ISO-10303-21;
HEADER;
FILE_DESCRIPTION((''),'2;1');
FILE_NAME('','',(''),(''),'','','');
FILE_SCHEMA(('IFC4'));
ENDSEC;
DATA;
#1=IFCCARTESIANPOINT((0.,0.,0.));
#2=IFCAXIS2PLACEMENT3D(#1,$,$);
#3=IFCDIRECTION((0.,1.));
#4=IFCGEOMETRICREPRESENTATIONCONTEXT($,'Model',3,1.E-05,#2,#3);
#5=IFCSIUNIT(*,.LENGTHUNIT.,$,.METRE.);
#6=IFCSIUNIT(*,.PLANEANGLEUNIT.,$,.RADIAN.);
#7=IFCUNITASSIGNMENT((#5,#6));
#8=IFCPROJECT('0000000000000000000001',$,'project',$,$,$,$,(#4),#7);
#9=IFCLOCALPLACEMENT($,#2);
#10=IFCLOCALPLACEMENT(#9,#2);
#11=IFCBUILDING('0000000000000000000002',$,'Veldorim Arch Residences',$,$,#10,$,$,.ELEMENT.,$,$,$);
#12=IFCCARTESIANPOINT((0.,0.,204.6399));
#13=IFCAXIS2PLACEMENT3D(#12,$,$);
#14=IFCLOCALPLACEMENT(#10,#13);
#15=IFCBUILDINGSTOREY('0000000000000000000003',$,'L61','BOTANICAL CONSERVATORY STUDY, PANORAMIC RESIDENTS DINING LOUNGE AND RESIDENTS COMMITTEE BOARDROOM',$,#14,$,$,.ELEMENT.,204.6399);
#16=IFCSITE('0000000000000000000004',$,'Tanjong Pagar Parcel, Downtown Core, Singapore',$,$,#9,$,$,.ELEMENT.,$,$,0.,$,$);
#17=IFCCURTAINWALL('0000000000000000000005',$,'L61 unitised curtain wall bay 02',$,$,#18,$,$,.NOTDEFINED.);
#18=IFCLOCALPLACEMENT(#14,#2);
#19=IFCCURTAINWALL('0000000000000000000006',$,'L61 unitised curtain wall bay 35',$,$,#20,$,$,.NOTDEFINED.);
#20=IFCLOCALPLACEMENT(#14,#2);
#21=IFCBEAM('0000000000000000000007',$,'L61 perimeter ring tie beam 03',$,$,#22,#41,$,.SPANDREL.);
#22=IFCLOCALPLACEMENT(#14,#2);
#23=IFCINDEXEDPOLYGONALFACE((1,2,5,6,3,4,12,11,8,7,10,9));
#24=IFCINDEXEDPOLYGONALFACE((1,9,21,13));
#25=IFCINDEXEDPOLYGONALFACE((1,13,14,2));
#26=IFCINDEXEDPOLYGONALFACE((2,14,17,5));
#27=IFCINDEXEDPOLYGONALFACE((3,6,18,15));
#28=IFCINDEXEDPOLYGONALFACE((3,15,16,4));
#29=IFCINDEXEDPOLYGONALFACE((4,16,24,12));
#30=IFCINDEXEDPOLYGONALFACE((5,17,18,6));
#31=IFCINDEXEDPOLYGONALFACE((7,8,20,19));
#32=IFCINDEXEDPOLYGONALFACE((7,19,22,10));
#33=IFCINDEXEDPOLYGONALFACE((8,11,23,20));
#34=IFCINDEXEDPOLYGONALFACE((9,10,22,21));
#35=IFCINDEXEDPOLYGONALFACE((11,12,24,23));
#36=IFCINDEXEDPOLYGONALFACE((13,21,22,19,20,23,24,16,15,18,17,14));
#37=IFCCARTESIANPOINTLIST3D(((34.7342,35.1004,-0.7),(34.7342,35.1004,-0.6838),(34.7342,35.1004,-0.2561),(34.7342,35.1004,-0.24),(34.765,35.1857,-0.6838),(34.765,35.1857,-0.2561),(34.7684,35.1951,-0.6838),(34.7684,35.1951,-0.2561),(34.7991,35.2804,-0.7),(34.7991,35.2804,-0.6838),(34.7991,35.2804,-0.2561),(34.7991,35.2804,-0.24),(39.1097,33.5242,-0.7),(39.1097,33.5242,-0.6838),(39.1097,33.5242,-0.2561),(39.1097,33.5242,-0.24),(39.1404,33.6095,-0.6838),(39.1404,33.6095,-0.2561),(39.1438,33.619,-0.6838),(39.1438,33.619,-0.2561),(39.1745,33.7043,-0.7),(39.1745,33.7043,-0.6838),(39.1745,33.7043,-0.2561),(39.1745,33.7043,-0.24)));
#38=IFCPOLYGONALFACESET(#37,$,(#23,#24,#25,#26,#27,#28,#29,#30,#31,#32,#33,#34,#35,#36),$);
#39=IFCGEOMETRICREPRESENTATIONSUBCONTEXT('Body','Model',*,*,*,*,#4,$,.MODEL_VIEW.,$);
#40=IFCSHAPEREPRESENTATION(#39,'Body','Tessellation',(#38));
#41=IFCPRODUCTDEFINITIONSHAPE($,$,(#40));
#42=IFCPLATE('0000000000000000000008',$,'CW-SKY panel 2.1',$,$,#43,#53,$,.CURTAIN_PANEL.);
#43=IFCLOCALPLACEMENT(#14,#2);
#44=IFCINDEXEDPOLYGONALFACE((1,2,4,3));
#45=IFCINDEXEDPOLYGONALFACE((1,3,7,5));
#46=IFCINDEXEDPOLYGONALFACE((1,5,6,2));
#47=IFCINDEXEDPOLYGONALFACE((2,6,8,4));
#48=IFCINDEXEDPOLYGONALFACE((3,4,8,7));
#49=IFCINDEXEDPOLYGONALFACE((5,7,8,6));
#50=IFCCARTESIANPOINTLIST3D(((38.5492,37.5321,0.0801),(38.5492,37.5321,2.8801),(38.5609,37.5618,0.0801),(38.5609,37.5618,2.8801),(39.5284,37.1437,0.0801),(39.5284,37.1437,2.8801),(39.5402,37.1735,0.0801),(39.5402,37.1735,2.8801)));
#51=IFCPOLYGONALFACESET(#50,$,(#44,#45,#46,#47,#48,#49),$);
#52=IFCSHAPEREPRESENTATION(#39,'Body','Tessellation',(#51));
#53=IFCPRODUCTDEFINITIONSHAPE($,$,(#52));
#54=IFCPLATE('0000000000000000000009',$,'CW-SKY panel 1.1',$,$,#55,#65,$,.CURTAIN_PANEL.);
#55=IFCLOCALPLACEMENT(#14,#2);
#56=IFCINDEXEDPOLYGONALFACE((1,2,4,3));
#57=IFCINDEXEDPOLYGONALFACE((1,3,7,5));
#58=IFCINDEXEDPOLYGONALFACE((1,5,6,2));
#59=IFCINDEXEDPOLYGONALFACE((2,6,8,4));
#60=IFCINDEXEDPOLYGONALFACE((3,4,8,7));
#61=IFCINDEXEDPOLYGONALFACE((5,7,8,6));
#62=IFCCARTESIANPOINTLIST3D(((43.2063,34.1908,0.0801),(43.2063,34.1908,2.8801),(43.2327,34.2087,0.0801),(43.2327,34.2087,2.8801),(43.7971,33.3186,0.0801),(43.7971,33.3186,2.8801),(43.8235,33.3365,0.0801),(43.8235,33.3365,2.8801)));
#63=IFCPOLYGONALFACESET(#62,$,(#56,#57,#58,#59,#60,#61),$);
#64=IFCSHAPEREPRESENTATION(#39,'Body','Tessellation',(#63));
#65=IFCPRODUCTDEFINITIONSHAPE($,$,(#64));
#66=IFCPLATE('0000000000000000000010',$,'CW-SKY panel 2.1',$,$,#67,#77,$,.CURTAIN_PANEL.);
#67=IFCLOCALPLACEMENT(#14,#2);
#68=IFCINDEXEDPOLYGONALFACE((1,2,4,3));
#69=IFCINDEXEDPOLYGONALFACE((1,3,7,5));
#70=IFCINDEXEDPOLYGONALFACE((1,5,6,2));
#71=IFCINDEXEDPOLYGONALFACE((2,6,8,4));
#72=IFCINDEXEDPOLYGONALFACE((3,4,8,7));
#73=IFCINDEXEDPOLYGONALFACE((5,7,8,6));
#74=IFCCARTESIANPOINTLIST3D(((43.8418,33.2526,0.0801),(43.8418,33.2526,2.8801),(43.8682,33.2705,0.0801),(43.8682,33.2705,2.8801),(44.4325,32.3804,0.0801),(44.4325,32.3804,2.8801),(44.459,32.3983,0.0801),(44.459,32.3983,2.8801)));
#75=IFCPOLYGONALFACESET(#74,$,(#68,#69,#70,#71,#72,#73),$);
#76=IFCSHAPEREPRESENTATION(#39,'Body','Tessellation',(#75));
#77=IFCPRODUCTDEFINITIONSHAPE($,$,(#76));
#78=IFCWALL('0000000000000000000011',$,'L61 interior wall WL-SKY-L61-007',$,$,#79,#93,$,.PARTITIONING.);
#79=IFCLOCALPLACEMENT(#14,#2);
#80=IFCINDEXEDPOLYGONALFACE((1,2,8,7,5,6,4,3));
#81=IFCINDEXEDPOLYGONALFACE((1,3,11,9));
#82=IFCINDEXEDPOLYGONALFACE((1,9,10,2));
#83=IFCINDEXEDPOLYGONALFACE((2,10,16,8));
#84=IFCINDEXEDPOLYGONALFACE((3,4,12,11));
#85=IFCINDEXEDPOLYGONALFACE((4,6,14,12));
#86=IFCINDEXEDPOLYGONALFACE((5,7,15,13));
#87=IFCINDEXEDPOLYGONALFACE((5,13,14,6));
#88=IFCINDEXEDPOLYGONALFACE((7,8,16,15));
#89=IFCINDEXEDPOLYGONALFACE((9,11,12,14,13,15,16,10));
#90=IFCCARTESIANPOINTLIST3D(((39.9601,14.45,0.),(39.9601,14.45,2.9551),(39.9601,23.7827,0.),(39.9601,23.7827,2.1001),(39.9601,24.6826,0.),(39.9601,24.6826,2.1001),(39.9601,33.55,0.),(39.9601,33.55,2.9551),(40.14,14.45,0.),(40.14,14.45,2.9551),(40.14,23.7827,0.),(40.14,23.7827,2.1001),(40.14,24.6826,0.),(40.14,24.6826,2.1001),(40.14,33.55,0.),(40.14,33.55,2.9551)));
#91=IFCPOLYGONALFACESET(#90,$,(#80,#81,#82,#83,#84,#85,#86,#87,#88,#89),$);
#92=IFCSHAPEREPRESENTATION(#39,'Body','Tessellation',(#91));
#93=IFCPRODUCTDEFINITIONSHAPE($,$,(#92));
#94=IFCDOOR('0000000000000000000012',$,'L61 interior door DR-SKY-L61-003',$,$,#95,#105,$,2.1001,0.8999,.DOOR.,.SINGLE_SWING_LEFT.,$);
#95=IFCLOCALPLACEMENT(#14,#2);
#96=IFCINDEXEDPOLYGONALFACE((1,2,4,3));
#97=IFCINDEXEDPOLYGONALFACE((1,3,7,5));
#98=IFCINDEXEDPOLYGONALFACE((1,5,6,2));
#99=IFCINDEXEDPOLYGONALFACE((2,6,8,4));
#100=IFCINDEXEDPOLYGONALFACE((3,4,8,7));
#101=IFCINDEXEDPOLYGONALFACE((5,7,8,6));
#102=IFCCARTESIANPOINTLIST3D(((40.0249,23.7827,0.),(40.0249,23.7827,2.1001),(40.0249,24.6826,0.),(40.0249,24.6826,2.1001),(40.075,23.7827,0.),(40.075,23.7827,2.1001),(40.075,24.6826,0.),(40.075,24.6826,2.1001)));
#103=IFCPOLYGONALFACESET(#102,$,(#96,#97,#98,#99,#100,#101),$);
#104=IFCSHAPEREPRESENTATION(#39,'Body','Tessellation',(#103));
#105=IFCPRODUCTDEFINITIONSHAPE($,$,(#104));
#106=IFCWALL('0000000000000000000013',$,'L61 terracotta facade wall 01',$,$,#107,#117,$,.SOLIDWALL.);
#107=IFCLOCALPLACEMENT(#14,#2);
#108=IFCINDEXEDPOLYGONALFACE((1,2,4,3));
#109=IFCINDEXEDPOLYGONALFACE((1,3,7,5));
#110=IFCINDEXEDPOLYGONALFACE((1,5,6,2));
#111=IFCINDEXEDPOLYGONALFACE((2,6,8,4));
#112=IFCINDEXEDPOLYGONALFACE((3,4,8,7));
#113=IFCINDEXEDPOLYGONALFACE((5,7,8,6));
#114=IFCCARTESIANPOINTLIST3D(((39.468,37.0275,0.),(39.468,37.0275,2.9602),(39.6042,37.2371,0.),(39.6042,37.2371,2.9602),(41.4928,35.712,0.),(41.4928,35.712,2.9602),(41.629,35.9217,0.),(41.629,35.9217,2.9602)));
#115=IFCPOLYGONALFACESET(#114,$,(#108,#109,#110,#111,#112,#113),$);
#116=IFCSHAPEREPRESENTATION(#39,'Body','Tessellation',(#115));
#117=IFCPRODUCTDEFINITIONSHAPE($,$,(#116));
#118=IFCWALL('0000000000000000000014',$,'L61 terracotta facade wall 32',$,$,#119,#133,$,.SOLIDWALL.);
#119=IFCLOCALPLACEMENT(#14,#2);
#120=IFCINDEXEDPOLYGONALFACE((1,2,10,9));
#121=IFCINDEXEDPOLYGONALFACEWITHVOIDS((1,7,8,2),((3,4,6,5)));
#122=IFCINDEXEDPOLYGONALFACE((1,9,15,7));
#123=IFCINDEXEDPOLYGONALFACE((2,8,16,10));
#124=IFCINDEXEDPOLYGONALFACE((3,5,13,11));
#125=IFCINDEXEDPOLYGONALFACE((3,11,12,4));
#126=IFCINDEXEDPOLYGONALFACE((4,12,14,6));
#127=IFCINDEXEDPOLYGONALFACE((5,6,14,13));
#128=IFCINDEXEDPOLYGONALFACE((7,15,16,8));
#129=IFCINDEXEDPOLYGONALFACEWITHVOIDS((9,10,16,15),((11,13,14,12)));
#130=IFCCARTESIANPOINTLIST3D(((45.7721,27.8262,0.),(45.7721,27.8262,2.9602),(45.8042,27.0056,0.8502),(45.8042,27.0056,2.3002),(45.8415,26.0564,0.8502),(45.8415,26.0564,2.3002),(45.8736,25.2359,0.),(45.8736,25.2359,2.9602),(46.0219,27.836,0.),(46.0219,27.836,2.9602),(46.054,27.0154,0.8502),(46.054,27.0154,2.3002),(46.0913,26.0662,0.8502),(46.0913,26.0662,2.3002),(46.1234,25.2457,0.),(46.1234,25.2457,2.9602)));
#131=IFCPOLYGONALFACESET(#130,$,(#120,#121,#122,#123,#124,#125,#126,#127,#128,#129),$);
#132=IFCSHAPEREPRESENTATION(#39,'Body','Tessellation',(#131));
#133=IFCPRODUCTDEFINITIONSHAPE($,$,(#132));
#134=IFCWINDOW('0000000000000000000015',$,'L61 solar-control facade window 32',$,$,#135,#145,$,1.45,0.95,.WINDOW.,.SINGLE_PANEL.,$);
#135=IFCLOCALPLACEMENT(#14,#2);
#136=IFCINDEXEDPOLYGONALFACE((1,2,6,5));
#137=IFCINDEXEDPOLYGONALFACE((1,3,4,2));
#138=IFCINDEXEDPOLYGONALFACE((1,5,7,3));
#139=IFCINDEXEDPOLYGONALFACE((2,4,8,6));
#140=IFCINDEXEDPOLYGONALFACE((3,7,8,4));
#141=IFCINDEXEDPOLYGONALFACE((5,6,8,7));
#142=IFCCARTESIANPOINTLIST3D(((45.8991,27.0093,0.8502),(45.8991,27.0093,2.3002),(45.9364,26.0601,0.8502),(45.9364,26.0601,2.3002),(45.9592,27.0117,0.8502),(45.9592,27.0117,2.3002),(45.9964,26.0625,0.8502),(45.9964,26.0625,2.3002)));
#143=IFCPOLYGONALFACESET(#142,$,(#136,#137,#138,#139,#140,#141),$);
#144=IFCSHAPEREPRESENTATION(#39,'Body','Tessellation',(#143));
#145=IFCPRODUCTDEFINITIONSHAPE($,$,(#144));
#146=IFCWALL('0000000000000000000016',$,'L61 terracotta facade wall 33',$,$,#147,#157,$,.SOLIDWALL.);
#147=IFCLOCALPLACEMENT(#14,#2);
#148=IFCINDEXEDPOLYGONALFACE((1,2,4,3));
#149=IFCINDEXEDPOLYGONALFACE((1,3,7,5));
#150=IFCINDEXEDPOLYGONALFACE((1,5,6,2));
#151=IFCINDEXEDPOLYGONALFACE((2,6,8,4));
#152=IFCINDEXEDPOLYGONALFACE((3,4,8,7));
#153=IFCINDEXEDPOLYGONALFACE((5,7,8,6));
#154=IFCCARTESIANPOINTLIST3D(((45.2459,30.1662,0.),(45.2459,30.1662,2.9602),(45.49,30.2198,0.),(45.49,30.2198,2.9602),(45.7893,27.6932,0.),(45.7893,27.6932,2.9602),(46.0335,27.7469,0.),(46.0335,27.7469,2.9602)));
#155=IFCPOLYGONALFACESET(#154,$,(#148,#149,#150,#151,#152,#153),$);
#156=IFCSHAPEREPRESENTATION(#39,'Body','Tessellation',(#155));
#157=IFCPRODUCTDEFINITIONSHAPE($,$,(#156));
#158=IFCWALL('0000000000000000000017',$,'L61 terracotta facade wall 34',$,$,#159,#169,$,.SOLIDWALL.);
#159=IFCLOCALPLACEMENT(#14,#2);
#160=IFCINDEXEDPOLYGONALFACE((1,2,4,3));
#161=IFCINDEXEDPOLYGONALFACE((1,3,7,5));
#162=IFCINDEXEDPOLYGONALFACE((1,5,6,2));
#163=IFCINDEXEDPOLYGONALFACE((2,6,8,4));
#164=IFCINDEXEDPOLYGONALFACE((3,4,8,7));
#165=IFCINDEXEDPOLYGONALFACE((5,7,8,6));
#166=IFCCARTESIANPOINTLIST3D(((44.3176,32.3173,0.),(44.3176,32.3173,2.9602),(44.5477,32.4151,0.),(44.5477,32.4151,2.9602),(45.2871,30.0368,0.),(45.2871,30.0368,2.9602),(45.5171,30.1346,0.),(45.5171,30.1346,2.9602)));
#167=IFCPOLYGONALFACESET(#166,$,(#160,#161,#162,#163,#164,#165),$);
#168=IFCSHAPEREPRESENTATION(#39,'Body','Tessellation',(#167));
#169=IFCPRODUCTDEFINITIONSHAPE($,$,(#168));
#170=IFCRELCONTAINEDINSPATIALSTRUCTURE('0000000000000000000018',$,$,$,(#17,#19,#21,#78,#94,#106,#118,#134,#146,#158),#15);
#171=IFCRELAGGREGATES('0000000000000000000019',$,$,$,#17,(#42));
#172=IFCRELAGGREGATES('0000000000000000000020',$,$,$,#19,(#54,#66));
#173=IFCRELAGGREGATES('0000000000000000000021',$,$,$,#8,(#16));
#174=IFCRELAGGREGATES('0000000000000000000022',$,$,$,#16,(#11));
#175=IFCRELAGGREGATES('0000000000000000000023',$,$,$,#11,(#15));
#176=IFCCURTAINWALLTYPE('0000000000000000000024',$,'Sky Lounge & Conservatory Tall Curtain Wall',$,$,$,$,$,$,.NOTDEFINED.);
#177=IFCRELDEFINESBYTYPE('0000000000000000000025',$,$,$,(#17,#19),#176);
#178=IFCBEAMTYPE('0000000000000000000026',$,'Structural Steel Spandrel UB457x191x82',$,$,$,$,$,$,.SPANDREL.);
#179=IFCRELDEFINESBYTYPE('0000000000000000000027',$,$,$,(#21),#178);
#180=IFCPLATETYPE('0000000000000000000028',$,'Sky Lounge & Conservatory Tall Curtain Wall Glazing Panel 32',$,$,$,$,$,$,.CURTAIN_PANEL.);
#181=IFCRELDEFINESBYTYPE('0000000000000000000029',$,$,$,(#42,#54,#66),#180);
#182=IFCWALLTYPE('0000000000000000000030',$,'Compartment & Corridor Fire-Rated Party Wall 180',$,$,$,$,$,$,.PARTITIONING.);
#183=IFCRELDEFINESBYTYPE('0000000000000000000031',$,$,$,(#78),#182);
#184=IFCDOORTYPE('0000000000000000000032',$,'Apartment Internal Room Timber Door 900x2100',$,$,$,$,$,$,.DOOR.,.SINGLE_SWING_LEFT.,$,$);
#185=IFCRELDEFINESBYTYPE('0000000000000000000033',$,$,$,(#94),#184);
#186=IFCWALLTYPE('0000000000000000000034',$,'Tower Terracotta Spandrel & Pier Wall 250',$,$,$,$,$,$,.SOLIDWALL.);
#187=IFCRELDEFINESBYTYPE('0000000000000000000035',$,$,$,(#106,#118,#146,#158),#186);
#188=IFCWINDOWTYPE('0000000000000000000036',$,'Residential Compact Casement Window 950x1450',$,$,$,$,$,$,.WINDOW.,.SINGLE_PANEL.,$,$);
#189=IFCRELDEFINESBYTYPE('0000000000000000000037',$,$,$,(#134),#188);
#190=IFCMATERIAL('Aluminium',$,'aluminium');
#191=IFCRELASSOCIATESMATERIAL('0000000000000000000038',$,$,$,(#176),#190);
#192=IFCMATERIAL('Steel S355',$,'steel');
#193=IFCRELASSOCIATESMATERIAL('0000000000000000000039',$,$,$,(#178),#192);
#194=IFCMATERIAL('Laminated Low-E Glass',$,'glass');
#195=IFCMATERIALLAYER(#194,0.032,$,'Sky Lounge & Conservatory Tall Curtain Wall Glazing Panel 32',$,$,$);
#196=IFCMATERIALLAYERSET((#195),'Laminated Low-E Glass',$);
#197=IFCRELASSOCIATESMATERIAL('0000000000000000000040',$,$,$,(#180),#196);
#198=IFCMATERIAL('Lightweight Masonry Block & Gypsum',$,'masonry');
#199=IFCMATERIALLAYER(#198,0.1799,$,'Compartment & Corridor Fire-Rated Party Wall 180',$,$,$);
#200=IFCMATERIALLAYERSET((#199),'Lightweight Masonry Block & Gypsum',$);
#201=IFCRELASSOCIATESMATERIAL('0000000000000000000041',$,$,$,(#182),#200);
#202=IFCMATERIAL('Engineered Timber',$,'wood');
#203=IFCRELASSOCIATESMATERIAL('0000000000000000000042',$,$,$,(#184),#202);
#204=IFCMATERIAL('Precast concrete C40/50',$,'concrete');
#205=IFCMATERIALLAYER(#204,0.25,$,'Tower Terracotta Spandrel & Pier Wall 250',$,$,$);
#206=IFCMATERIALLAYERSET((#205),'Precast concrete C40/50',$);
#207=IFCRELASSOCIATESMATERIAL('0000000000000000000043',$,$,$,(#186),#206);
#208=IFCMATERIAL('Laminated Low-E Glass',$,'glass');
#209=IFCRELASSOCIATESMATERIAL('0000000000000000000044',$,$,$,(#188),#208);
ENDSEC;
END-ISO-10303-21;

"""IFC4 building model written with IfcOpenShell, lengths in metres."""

from ifc_helpers import new_model, si_unit, direction, frame, frame_2d, origin, origin_2d, place, context, subcontext, project, spatial, rectangle, i_section, extrude, material, layer, layer_set, material_profile, profile_set, type_object, element, fill, aggregate, save


model = new_model("IFC4")

# Units and contexts
model_context = context("Model", 3, precision=1e-05, world=origin(), true_north=direction((0.0, 1.0)))
body_context = subcontext(model_context, "Body", "Model", "MODEL_VIEW")
ifc_project = project(units=[si_unit("LENGTHUNIT", "METRE"), si_unit("PLANEANGLEUNIT", "RADIAN")], contexts=[model_context])

# Site, building, storey
site_placement = place(None, origin())
site = spatial("IfcSite", under=ifc_project, at=site_placement, Name="Tanjong Pagar Parcel, Downtown Core, Singapore", CompositionType="ELEMENT", RefElevation=0.0)
building_placement = place(site_placement, origin())
building = spatial("IfcBuilding", under=site, at=building_placement, Name="Veldorim Arch Residences", CompositionType="ELEMENT")
storey_placement = place(building_placement, frame((0.0, 0.0, 204.6399)))
storey = spatial("IfcBuildingStorey", under=building, at=storey_placement, Name="L61", Description="BOTANICAL CONSERVATORY STUDY, PANORAMIC RESIDENTS DINING LOUNGE AND RESIDENTS COMMITTEE BOARDROOM", CompositionType="ELEMENT", Elevation=204.6399)

# Curtain wall
ifc_material_1 = material(Name="Aluminium", Category="aluminium")
curtain_wall_type = type_object("IfcCurtainWallType", Name="Sky Lounge & Conservatory Tall Curtain Wall", PredefinedType="NOTDEFINED", material=ifc_material_1)
curtain_wall_1_placement = place(storey_placement, origin())
curtain_wall_1 = element("IfcCurtainWall", 1, at=curtain_wall_1_placement, inside=storey, type_object=curtain_wall_type, Name="L61 unitised curtain wall bay 02", PredefinedType="NOTDEFINED")

# Curtain wall
curtain_wall_2_placement = place(storey_placement, origin())
curtain_wall_2 = element("IfcCurtainWall", 2, at=curtain_wall_2_placement, inside=storey, type_object=curtain_wall_type, Name="L61 unitised curtain wall bay 35", PredefinedType="NOTDEFINED")

# Beam
ifc_material_2 = material(Name="Steel S355", Category="steel")
ifc_material_profile_1 = material_profile(ifc_material_2, i_section(OverallWidth=0.1914, OverallDepth=0.46, WebThickness=0.01, FlangeThickness=0.0161, at=origin_2d()), Name="UB457x191x82")
ifc_profile_set_1 = profile_set([ifc_material_profile_1], Name="Steel S355")
beam_type_1 = type_object("IfcBeamType", Name="Structural Steel Spandrel UB457x191x82", PredefinedType="SPANDREL", material=ifc_profile_set_1)
beam_1_placement = place(storey_placement, frame((39.1421, 33.6143, -0.47), z_axis=(-0.940819, 0.338909, 0.0), x_axis=(-0.338909, -0.940819, 0.0)))
element("IfcBeam", 3, at=beam_1_placement, inside=storey, type_object=beam_type_1, Name="L61 perimeter ring tie beam 03", PredefinedType="SPANDREL", context=body_context, shape_type="SweptSolid", body=[
    extrude(i_section(OverallWidth=0.1914, OverallDepth=0.46, WebThickness=0.01, FlangeThickness=0.0161, at=origin_2d()), origin(), (0.0, 0.0, 1.0), 4.6506),
])

# Plates
ifc_material_3 = material(Name="Laminated Low-E Glass", Category="glass")
ifc_layer_1 = layer(ifc_material_3, 0.032, Name="Sky Lounge & Conservatory Tall Curtain Wall Glazing Panel 32")
ifc_layer_set_1 = layer_set([ifc_layer_1], Name="Laminated Low-E Glass")
plate_type = type_object("IfcPlateType", Name="Sky Lounge & Conservatory Tall Curtain Wall Glazing Panel 32", PredefinedType="CURTAIN_PANEL", material=ifc_layer_set_1)
plate_1_placement = place(storey_placement, frame((39.0447, 37.3528, 0.0801), z_axis=(0.0, 0.0, 1.0), x_axis=(0.92956, -0.368671, 0.0)))
plate_1 = element("IfcPlate", 4, at=plate_1_placement, type_object=plate_type, Name="CW-SKY panel 2.1", PredefinedType="CURTAIN_PANEL", context=body_context, shape_type="SweptSolid", body=[
    extrude(rectangle(XDim=1.0535, YDim=0.032, at=origin_2d()), origin(), (0.0, 0.0, 1.0), 2.8),
])
aggregate(curtain_wall_1, [plate_1])
plate_2_placement = place(storey_placement, frame((43.5149, 33.7637, 0.0801), z_axis=(0.0, 0.0, 1.0), x_axis=(0.560811, -0.827944, 0.0)))
plate_2 = element("IfcPlate", 5, at=plate_2_placement, type_object=plate_type, Name="CW-SKY panel 1.1", PredefinedType="CURTAIN_PANEL", context=body_context, shape_type="SweptSolid", body=[
    extrude(rectangle(XDim=1.0535, YDim=0.032, at=origin_2d()), origin(), (0.0, 0.0, 1.0), 2.8),
])
plate_3_placement = place(storey_placement, frame((44.1504, 32.8254, 0.0801), z_axis=(0.0, 0.0, 1.0), x_axis=(0.560811, -0.827944, 0.0)))
plate_3 = element("IfcPlate", 6, at=plate_3_placement, type_object=plate_type, Name="CW-SKY panel 2.1", PredefinedType="CURTAIN_PANEL", context=body_context, shape_type="SweptSolid", body=[
    extrude(rectangle(XDim=1.0535, YDim=0.032, at=origin_2d()), origin(), (0.0, 0.0, 1.0), 2.8),
])
aggregate(curtain_wall_2, [plate_2, plate_3])

# Wall, opening, door
ifc_material_4 = material(Name="Lightweight Masonry Block & Gypsum", Category="masonry")
ifc_layer_2 = layer(ifc_material_4, 0.1799, Name="Compartment & Corridor Fire-Rated Party Wall 180")
ifc_layer_set_2 = layer_set([ifc_layer_2], Name="Lightweight Masonry Block & Gypsum")
wall_type_1 = type_object("IfcWallType", Name="Compartment & Corridor Fire-Rated Party Wall 180", PredefinedType="PARTITIONING", material=ifc_layer_set_2)
wall_1_placement = place(storey_placement, frame((40.05, 33.55, 0.0), z_axis=(0.0, 0.0, 1.0), x_axis=(0.0, -1.0, 0.0)))
wall_1 = element("IfcWall", 7, at=wall_1_placement, inside=storey, type_object=wall_type_1, Name="L61 interior wall WL-SKY-L61-007", PredefinedType="PARTITIONING", context=body_context, shape_type="SweptSolid", body=[
    extrude(rectangle(XDim=19.1001, YDim=0.1799, at=frame_2d((9.55, 0.0))), origin(), (0.0, 0.0, 1.0), 2.9551),
])
opening_1_placement = place(wall_1_placement, frame((8.8674, 0.0, 0.0)))
opening_1 = element("IfcOpeningElement", 8, at=opening_1_placement, cuts=wall_1, PredefinedType="OPENING", context=body_context, shape_type="SweptSolid", body=[
    extrude(rectangle(XDim=0.8999, YDim=2.1001, at=frame_2d((0.45, 1.05))), frame((0.0, 0.0999, 0.0), z_axis=(0.0, -1.0, 0.0), x_axis=(1.0, 0.0, 0.0)), (0.0, 0.0, 1.0), 0.2),
])
ifc_material_5 = material(Name="Engineered Timber", Category="wood")
door_type = type_object("IfcDoorType", Name="Apartment Internal Room Timber Door 900x2100", OperationType="SINGLE_SWING_LEFT", PredefinedType="DOOR", material=ifc_material_5)
door_placement = place(opening_1_placement, origin())
door = element("IfcDoor", 9, at=door_placement, inside=storey, type_object=door_type, Name="L61 interior door DR-SKY-L61-003", OperationType="SINGLE_SWING_LEFT", OverallHeight=2.1001, OverallWidth=0.8999, PredefinedType="DOOR", context=body_context, shape_type="SweptSolid", body=[
    extrude(rectangle(XDim=0.8999, YDim=2.1001, at=frame_2d((0.45, 1.05))), frame((0.0, 0.0249, 0.0), z_axis=(0.0, -1.0, 0.0), x_axis=(1.0, 0.0, 0.0)), (0.0, 0.0, 1.0), 0.05),
])
fill(opening_1, door)

# Wall
ifc_material_6 = material(Name="Precast concrete C40/50", Category="concrete")
ifc_layer_3 = layer(ifc_material_6, 0.25, Name="Tower Terracotta Spandrel & Pier Wall 250")
ifc_layer_set_3 = layer_set([ifc_layer_3], Name="Precast concrete C40/50")
wall_type_2 = type_object("IfcWallType", Name="Tower Terracotta Spandrel & Pier Wall 250", PredefinedType="SOLIDWALL", material=ifc_layer_set_3)
wall_2_placement = place(storey_placement, frame((39.5361, 37.1323, 0.0), z_axis=(0.0, 0.0, 1.0), x_axis=(0.838557, -0.544814, 0.0)))
element("IfcWall", 10, at=wall_2_placement, inside=storey, type_object=wall_type_2, Name="L61 terracotta facade wall 01", PredefinedType="SOLIDWALL", context=body_context, shape_type="SweptSolid", body=[
    extrude(rectangle(XDim=2.4146, YDim=0.25, at=frame_2d((1.2073, 0.0))), origin(), (0.0, 0.0, 1.0), 2.9602),
])

# Wall, opening, window
wall_3_placement = place(storey_placement, frame((45.897, 27.8311, 0.0), z_axis=(0.0, 0.0, 1.0), x_axis=(0.039178, -0.999232, 0.0)))
wall_3 = element("IfcWall", 11, at=wall_3_placement, inside=storey, type_object=wall_type_2, Name="L61 terracotta facade wall 32", PredefinedType="SOLIDWALL", context=body_context, shape_type="SweptSolid", body=[
    extrude(rectangle(XDim=2.5923, YDim=0.25, at=frame_2d((1.2961, 0.0))), origin(), (0.0, 0.0, 1.0), 2.9602),
])
opening_2_placement = place(wall_3_placement, frame((0.821, 0.0, 0.8501)))
opening_2 = element("IfcOpeningElement", 12, at=opening_2_placement, cuts=wall_3, PredefinedType="OPENING", context=body_context, shape_type="SweptSolid", body=[
    extrude(rectangle(XDim=0.95, YDim=1.45, at=frame_2d((0.4751, 0.7251))), frame((0.0, 0.135, 0.0), z_axis=(0.0, -1.0, 0.0), x_axis=(1.0, 0.0, 0.0)), (0.0, 0.0, 1.0), 0.27),
])
ifc_material_7 = material(Name="Laminated Low-E Glass", Category="glass")
window_type_1 = type_object("IfcWindowType", Name="Residential Compact Casement Window 950x1450", PartitioningType="SINGLE_PANEL", PredefinedType="WINDOW", material=ifc_material_7)
window_1_placement = place(opening_2_placement, origin())
window_1 = element("IfcWindow", 13, at=window_1_placement, inside=storey, type_object=window_type_1, Name="L61 solar-control facade window 32", OverallHeight=1.45, OverallWidth=0.95, PartitioningType="SINGLE_PANEL", PredefinedType="WINDOW", context=body_context, shape_type="SweptSolid", body=[
    extrude(rectangle(XDim=0.95, YDim=1.45, at=frame_2d((0.4751, 0.7251))), frame((0.0, 0.03, 0.0), z_axis=(0.0, -1.0, 0.0), x_axis=(1.0, 0.0, 0.0)), (0.0, 0.0, 1.0), 0.0601),
])
fill(opening_2, window_1)

# Walls
wall_4_placement = place(storey_placement, frame((45.3679, 30.1931, 0.0), z_axis=(0.0, 0.0, 1.0), x_axis=(0.214643, -0.976693, 0.0)))
element("IfcWall", 14, at=wall_4_placement, inside=storey, type_object=wall_type_2, Name="L61 terracotta facade wall 33", PredefinedType="SOLIDWALL", context=body_context, shape_type="SweptSolid", body=[
    extrude(rectangle(XDim=2.532, YDim=0.25, at=frame_2d((1.2661, 0.0))), origin(), (0.0, 0.0, 1.0), 2.9602),
])
wall_5_placement = place(storey_placement, frame((44.4326, 32.3662, 0.0), z_axis=(0.0, 0.0, 1.0), x_axis=(0.39123, -0.920293, 0.0)))
element("IfcWall", 15, at=wall_5_placement, inside=storey, type_object=wall_type_2, Name="L61 terracotta facade wall 34", PredefinedType="SOLIDWALL", context=body_context, shape_type="SweptSolid", body=[
    extrude(rectangle(XDim=2.478, YDim=0.25, at=frame_2d((1.239, 0.0))), origin(), (0.0, 0.0, 1.0), 2.9602),
])

save(model, "model.ifc")
